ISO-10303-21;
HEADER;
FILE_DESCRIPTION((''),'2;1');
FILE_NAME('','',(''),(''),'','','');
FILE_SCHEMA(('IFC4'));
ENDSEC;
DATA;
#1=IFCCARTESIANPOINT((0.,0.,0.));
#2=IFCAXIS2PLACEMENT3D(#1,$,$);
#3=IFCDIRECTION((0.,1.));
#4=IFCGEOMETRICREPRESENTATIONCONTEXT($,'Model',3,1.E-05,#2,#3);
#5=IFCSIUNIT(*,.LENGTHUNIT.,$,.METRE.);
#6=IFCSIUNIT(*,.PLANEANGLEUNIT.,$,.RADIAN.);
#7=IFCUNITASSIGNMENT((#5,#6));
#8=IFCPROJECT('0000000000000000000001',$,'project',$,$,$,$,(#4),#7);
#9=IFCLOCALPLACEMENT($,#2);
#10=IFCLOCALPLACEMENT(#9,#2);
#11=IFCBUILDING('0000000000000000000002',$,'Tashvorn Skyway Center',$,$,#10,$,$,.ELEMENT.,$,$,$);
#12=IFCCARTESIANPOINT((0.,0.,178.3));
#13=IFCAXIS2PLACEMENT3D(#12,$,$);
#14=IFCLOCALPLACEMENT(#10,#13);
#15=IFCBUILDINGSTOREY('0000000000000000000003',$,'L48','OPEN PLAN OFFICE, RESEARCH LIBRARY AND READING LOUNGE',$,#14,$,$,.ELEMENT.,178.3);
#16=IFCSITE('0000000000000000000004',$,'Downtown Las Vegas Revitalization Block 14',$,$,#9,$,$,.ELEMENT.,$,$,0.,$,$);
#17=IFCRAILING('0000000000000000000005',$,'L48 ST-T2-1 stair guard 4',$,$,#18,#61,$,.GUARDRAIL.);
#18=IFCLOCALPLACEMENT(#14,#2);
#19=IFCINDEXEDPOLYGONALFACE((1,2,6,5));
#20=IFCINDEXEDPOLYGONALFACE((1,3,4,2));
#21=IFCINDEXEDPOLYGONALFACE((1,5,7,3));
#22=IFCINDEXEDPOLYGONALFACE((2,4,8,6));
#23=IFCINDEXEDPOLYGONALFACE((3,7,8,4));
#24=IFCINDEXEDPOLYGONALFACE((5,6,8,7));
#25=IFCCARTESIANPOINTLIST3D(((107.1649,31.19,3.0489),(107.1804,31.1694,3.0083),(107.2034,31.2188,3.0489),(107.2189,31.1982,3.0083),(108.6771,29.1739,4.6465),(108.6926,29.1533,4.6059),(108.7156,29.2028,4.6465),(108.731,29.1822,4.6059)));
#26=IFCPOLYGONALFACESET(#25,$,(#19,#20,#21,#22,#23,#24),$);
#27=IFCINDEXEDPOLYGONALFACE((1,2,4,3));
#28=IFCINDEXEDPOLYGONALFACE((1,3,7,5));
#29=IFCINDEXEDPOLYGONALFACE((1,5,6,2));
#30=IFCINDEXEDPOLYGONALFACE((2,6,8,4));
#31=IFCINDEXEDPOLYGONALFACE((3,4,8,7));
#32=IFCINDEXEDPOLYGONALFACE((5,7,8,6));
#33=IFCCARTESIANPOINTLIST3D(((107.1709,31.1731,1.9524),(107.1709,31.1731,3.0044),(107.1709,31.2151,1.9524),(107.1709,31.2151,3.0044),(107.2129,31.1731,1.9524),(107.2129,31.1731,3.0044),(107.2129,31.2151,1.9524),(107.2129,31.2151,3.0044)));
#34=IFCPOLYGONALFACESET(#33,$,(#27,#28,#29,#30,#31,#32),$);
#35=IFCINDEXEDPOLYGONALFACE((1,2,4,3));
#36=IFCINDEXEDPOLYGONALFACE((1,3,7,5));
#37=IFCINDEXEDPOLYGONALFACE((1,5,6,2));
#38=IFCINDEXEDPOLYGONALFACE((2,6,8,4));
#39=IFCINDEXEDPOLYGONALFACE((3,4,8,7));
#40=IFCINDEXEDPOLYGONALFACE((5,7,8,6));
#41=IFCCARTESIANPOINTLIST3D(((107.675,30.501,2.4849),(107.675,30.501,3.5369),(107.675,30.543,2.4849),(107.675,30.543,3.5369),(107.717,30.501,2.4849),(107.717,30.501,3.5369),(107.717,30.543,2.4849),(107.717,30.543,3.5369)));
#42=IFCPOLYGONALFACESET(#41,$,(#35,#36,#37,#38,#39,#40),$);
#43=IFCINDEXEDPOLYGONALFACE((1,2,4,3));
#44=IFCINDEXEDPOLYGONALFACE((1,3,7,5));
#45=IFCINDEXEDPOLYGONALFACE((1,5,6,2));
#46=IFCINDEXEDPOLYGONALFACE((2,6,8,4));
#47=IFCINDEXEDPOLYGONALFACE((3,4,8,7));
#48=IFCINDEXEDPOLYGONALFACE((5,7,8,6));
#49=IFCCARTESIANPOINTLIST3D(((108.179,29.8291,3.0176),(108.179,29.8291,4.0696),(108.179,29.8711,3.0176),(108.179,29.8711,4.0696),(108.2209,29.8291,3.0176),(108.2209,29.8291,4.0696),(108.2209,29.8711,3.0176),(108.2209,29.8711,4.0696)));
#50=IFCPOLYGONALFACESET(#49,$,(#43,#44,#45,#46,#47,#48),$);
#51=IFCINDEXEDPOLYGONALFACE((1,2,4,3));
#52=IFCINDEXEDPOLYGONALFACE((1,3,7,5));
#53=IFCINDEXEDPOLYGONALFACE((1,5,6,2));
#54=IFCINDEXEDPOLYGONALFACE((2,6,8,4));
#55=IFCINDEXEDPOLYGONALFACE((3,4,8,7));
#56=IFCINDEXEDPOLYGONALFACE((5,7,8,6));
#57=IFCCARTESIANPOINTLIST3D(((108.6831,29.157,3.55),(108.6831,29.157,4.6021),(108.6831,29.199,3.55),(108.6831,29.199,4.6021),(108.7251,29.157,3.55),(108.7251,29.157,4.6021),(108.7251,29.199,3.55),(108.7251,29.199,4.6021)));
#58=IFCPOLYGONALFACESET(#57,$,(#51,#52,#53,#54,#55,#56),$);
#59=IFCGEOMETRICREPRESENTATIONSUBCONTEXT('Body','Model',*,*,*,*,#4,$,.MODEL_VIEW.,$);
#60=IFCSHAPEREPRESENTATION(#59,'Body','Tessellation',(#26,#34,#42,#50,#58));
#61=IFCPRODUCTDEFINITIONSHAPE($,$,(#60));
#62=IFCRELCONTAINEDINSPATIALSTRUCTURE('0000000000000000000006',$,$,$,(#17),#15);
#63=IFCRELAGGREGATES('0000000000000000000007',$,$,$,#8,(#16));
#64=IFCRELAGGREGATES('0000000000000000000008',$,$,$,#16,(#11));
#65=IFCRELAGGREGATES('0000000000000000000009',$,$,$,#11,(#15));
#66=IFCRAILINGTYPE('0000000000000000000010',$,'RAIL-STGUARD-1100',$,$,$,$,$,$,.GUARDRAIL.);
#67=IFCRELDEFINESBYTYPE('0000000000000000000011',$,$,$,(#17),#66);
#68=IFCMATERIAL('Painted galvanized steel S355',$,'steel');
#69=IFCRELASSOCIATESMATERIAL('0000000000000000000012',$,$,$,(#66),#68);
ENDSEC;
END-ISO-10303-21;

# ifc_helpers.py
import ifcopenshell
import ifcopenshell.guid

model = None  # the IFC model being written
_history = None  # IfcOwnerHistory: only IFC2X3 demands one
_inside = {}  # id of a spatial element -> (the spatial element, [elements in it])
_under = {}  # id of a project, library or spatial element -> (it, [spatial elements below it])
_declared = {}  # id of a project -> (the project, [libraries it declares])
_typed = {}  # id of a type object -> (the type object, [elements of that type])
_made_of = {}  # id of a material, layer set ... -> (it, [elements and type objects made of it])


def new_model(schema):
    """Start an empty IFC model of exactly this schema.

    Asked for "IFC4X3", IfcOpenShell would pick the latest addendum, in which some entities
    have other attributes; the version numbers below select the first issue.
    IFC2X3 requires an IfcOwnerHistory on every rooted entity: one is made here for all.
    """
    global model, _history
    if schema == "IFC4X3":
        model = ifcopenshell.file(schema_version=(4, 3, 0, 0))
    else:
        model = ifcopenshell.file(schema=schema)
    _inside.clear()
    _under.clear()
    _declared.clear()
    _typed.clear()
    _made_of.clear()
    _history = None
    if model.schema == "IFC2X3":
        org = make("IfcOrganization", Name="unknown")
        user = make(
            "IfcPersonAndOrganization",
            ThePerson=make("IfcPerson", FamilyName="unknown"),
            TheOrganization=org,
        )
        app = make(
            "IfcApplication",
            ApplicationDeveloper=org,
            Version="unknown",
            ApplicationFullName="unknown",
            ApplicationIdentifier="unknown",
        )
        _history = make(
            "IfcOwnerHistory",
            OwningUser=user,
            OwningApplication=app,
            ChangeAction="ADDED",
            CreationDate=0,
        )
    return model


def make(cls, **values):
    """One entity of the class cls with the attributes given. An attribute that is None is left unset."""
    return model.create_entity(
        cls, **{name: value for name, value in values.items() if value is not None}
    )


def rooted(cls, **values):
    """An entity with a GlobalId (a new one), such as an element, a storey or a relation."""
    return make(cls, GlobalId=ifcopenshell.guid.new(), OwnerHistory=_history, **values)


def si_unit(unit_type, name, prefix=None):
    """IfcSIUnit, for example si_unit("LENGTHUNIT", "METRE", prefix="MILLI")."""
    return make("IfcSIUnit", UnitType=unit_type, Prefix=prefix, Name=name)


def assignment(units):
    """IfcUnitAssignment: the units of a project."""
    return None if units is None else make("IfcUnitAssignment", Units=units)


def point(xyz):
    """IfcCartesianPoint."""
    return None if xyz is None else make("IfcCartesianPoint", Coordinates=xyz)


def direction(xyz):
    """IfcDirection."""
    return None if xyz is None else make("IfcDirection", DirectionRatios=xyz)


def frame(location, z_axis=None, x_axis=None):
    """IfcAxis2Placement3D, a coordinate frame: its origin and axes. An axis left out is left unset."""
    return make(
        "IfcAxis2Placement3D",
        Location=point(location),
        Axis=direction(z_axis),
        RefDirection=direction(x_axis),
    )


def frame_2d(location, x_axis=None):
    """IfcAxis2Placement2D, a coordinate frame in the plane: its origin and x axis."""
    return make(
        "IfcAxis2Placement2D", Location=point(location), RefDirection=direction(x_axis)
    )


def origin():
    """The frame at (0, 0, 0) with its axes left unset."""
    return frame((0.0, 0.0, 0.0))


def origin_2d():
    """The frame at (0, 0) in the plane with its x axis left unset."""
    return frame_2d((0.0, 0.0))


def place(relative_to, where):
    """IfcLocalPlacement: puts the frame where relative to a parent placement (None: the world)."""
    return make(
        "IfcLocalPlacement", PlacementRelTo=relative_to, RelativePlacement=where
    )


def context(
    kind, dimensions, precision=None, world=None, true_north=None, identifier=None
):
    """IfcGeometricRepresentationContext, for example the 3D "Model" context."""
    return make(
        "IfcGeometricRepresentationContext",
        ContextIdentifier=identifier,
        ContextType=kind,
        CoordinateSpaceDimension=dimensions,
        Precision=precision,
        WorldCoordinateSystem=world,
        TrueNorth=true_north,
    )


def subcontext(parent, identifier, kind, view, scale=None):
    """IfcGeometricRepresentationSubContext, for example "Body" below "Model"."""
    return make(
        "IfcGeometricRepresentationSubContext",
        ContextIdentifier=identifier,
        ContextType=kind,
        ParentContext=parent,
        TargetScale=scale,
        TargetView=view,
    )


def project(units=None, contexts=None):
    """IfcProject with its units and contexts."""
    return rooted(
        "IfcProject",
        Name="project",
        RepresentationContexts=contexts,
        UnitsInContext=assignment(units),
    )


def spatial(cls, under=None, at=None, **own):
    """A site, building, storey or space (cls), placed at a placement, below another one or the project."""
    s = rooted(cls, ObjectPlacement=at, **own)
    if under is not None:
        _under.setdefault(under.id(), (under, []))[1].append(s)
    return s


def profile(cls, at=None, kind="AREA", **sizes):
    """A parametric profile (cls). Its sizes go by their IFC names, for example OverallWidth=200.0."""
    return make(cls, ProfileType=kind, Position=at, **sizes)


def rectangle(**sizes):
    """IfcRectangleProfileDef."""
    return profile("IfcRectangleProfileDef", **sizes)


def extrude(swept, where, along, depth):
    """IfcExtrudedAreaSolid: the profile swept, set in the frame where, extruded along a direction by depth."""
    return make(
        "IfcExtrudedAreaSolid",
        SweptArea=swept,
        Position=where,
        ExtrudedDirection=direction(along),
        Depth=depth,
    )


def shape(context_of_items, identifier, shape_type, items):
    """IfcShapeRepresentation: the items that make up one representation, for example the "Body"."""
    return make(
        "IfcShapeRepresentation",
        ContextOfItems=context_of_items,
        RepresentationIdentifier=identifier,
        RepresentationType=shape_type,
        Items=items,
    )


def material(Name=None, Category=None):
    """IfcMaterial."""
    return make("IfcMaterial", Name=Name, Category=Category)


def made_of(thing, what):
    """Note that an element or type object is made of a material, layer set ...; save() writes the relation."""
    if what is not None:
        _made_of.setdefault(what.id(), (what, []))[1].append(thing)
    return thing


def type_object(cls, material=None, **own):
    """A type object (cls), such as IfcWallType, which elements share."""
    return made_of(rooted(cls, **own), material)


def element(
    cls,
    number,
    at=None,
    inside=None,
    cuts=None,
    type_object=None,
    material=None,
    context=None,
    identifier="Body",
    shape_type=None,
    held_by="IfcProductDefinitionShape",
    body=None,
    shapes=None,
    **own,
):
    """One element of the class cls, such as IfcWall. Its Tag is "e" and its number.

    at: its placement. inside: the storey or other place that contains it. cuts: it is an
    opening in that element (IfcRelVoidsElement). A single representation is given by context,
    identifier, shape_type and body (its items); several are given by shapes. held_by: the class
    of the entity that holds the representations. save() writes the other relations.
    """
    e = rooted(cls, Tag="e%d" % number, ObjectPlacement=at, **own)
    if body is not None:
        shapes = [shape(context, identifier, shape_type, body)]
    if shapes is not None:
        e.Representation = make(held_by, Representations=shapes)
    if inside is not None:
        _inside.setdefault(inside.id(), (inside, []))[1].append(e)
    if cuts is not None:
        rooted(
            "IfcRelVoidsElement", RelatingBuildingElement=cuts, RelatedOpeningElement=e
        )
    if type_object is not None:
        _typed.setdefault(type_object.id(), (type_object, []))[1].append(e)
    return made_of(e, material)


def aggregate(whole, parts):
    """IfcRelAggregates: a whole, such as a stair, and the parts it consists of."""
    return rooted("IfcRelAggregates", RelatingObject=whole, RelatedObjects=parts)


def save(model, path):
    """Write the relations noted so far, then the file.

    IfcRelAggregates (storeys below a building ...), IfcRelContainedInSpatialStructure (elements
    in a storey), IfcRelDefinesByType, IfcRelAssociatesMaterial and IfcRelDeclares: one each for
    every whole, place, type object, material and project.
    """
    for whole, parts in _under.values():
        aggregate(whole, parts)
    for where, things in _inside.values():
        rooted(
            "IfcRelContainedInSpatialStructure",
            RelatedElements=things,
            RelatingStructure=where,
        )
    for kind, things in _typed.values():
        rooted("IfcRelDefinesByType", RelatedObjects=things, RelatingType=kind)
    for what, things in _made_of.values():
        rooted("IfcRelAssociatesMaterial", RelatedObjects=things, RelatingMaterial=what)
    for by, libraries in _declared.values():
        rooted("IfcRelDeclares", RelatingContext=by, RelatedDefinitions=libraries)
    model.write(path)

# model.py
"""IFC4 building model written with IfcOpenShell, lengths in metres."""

from ifc_helpers import new_model, si_unit, direction, frame, origin, origin_2d, place, context, subcontext, project, spatial, rectangle, extrude, material, type_object, element, save


model = new_model("IFC4")

# Units and contexts
model_context = context("Model", 3, precision=1e-05, world=origin(), true_north=direction((0.0, 1.0)))
body_context = subcontext(model_context, "Body", "Model", "MODEL_VIEW")
ifc_project = project(units=[si_unit("LENGTHUNIT", "METRE"), si_unit("PLANEANGLEUNIT", "RADIAN")], contexts=[model_context])

# Site, building, storey
site_placement = place(None, origin())
site = spatial("IfcSite", under=ifc_project, at=site_placement, Name="Downtown Las Vegas Revitalization Block 14", CompositionType="ELEMENT", RefElevation=0.0)
building_placement = place(site_placement, origin())
building = spatial("IfcBuilding", under=site, at=building_placement, Name="Tashvorn Skyway Center", CompositionType="ELEMENT")
storey_placement = place(building_placement, frame((0.0, 0.0, 178.3)))
storey = spatial("IfcBuildingStorey", under=building, at=storey_placement, Name="L48", Description="OPEN PLAN OFFICE, RESEARCH LIBRARY AND READING LOUNGE", CompositionType="ELEMENT", Elevation=178.3)

# Railing
ifc_material_1 = material(Name="Painted galvanized steel S355", Category="steel")
railing_type_1 = type_object("IfcRailingType", Name="RAIL-STGUARD-1100", PredefinedType="GUARDRAIL", material=ifc_material_1)
railing_1_placement = place(storey_placement, frame((107.1919, 31.1941, 1.9524)))
element("IfcRailing", 1, at=railing_1_placement, inside=storey, type_object=railing_type_1, Name="L48 ST-T2-1 stair guard 4", PredefinedType="GUARDRAIL", context=body_context, shape_type="SweptSolid", body=[
    extrude(rectangle(XDim=0.0481, YDim=0.0481, at=origin_2d()), frame((0.0, 0.0, 1.0762), z_axis=(0.506779, -0.675651, 0.535416), x_axis=(0.799977, 0.600031, 0.0)), (0.0, 0.0, 1.0), 2.9839),
    extrude(rectangle(XDim=0.042, YDim=0.042, at=origin_2d()), origin(), (0.0, 0.0, 1.0), 1.052),
    extrude(rectangle(XDim=0.042, YDim=0.042, at=origin_2d()), frame((0.5042, -0.6721, 0.5325)), (0.0, 0.0, 1.0), 1.052),
    extrude(rectangle(XDim=0.042, YDim=0.042, at=origin_2d()), frame((1.0081, -1.344, 1.0652)), (0.0, 0.0, 1.0), 1.052),
    extrude(rectangle(XDim=0.042, YDim=0.042, at=origin_2d()), frame((1.5122, -2.0161, 1.5977)), (0.0, 0.0, 1.0), 1.052),
])

save(model, "model.ifc")
